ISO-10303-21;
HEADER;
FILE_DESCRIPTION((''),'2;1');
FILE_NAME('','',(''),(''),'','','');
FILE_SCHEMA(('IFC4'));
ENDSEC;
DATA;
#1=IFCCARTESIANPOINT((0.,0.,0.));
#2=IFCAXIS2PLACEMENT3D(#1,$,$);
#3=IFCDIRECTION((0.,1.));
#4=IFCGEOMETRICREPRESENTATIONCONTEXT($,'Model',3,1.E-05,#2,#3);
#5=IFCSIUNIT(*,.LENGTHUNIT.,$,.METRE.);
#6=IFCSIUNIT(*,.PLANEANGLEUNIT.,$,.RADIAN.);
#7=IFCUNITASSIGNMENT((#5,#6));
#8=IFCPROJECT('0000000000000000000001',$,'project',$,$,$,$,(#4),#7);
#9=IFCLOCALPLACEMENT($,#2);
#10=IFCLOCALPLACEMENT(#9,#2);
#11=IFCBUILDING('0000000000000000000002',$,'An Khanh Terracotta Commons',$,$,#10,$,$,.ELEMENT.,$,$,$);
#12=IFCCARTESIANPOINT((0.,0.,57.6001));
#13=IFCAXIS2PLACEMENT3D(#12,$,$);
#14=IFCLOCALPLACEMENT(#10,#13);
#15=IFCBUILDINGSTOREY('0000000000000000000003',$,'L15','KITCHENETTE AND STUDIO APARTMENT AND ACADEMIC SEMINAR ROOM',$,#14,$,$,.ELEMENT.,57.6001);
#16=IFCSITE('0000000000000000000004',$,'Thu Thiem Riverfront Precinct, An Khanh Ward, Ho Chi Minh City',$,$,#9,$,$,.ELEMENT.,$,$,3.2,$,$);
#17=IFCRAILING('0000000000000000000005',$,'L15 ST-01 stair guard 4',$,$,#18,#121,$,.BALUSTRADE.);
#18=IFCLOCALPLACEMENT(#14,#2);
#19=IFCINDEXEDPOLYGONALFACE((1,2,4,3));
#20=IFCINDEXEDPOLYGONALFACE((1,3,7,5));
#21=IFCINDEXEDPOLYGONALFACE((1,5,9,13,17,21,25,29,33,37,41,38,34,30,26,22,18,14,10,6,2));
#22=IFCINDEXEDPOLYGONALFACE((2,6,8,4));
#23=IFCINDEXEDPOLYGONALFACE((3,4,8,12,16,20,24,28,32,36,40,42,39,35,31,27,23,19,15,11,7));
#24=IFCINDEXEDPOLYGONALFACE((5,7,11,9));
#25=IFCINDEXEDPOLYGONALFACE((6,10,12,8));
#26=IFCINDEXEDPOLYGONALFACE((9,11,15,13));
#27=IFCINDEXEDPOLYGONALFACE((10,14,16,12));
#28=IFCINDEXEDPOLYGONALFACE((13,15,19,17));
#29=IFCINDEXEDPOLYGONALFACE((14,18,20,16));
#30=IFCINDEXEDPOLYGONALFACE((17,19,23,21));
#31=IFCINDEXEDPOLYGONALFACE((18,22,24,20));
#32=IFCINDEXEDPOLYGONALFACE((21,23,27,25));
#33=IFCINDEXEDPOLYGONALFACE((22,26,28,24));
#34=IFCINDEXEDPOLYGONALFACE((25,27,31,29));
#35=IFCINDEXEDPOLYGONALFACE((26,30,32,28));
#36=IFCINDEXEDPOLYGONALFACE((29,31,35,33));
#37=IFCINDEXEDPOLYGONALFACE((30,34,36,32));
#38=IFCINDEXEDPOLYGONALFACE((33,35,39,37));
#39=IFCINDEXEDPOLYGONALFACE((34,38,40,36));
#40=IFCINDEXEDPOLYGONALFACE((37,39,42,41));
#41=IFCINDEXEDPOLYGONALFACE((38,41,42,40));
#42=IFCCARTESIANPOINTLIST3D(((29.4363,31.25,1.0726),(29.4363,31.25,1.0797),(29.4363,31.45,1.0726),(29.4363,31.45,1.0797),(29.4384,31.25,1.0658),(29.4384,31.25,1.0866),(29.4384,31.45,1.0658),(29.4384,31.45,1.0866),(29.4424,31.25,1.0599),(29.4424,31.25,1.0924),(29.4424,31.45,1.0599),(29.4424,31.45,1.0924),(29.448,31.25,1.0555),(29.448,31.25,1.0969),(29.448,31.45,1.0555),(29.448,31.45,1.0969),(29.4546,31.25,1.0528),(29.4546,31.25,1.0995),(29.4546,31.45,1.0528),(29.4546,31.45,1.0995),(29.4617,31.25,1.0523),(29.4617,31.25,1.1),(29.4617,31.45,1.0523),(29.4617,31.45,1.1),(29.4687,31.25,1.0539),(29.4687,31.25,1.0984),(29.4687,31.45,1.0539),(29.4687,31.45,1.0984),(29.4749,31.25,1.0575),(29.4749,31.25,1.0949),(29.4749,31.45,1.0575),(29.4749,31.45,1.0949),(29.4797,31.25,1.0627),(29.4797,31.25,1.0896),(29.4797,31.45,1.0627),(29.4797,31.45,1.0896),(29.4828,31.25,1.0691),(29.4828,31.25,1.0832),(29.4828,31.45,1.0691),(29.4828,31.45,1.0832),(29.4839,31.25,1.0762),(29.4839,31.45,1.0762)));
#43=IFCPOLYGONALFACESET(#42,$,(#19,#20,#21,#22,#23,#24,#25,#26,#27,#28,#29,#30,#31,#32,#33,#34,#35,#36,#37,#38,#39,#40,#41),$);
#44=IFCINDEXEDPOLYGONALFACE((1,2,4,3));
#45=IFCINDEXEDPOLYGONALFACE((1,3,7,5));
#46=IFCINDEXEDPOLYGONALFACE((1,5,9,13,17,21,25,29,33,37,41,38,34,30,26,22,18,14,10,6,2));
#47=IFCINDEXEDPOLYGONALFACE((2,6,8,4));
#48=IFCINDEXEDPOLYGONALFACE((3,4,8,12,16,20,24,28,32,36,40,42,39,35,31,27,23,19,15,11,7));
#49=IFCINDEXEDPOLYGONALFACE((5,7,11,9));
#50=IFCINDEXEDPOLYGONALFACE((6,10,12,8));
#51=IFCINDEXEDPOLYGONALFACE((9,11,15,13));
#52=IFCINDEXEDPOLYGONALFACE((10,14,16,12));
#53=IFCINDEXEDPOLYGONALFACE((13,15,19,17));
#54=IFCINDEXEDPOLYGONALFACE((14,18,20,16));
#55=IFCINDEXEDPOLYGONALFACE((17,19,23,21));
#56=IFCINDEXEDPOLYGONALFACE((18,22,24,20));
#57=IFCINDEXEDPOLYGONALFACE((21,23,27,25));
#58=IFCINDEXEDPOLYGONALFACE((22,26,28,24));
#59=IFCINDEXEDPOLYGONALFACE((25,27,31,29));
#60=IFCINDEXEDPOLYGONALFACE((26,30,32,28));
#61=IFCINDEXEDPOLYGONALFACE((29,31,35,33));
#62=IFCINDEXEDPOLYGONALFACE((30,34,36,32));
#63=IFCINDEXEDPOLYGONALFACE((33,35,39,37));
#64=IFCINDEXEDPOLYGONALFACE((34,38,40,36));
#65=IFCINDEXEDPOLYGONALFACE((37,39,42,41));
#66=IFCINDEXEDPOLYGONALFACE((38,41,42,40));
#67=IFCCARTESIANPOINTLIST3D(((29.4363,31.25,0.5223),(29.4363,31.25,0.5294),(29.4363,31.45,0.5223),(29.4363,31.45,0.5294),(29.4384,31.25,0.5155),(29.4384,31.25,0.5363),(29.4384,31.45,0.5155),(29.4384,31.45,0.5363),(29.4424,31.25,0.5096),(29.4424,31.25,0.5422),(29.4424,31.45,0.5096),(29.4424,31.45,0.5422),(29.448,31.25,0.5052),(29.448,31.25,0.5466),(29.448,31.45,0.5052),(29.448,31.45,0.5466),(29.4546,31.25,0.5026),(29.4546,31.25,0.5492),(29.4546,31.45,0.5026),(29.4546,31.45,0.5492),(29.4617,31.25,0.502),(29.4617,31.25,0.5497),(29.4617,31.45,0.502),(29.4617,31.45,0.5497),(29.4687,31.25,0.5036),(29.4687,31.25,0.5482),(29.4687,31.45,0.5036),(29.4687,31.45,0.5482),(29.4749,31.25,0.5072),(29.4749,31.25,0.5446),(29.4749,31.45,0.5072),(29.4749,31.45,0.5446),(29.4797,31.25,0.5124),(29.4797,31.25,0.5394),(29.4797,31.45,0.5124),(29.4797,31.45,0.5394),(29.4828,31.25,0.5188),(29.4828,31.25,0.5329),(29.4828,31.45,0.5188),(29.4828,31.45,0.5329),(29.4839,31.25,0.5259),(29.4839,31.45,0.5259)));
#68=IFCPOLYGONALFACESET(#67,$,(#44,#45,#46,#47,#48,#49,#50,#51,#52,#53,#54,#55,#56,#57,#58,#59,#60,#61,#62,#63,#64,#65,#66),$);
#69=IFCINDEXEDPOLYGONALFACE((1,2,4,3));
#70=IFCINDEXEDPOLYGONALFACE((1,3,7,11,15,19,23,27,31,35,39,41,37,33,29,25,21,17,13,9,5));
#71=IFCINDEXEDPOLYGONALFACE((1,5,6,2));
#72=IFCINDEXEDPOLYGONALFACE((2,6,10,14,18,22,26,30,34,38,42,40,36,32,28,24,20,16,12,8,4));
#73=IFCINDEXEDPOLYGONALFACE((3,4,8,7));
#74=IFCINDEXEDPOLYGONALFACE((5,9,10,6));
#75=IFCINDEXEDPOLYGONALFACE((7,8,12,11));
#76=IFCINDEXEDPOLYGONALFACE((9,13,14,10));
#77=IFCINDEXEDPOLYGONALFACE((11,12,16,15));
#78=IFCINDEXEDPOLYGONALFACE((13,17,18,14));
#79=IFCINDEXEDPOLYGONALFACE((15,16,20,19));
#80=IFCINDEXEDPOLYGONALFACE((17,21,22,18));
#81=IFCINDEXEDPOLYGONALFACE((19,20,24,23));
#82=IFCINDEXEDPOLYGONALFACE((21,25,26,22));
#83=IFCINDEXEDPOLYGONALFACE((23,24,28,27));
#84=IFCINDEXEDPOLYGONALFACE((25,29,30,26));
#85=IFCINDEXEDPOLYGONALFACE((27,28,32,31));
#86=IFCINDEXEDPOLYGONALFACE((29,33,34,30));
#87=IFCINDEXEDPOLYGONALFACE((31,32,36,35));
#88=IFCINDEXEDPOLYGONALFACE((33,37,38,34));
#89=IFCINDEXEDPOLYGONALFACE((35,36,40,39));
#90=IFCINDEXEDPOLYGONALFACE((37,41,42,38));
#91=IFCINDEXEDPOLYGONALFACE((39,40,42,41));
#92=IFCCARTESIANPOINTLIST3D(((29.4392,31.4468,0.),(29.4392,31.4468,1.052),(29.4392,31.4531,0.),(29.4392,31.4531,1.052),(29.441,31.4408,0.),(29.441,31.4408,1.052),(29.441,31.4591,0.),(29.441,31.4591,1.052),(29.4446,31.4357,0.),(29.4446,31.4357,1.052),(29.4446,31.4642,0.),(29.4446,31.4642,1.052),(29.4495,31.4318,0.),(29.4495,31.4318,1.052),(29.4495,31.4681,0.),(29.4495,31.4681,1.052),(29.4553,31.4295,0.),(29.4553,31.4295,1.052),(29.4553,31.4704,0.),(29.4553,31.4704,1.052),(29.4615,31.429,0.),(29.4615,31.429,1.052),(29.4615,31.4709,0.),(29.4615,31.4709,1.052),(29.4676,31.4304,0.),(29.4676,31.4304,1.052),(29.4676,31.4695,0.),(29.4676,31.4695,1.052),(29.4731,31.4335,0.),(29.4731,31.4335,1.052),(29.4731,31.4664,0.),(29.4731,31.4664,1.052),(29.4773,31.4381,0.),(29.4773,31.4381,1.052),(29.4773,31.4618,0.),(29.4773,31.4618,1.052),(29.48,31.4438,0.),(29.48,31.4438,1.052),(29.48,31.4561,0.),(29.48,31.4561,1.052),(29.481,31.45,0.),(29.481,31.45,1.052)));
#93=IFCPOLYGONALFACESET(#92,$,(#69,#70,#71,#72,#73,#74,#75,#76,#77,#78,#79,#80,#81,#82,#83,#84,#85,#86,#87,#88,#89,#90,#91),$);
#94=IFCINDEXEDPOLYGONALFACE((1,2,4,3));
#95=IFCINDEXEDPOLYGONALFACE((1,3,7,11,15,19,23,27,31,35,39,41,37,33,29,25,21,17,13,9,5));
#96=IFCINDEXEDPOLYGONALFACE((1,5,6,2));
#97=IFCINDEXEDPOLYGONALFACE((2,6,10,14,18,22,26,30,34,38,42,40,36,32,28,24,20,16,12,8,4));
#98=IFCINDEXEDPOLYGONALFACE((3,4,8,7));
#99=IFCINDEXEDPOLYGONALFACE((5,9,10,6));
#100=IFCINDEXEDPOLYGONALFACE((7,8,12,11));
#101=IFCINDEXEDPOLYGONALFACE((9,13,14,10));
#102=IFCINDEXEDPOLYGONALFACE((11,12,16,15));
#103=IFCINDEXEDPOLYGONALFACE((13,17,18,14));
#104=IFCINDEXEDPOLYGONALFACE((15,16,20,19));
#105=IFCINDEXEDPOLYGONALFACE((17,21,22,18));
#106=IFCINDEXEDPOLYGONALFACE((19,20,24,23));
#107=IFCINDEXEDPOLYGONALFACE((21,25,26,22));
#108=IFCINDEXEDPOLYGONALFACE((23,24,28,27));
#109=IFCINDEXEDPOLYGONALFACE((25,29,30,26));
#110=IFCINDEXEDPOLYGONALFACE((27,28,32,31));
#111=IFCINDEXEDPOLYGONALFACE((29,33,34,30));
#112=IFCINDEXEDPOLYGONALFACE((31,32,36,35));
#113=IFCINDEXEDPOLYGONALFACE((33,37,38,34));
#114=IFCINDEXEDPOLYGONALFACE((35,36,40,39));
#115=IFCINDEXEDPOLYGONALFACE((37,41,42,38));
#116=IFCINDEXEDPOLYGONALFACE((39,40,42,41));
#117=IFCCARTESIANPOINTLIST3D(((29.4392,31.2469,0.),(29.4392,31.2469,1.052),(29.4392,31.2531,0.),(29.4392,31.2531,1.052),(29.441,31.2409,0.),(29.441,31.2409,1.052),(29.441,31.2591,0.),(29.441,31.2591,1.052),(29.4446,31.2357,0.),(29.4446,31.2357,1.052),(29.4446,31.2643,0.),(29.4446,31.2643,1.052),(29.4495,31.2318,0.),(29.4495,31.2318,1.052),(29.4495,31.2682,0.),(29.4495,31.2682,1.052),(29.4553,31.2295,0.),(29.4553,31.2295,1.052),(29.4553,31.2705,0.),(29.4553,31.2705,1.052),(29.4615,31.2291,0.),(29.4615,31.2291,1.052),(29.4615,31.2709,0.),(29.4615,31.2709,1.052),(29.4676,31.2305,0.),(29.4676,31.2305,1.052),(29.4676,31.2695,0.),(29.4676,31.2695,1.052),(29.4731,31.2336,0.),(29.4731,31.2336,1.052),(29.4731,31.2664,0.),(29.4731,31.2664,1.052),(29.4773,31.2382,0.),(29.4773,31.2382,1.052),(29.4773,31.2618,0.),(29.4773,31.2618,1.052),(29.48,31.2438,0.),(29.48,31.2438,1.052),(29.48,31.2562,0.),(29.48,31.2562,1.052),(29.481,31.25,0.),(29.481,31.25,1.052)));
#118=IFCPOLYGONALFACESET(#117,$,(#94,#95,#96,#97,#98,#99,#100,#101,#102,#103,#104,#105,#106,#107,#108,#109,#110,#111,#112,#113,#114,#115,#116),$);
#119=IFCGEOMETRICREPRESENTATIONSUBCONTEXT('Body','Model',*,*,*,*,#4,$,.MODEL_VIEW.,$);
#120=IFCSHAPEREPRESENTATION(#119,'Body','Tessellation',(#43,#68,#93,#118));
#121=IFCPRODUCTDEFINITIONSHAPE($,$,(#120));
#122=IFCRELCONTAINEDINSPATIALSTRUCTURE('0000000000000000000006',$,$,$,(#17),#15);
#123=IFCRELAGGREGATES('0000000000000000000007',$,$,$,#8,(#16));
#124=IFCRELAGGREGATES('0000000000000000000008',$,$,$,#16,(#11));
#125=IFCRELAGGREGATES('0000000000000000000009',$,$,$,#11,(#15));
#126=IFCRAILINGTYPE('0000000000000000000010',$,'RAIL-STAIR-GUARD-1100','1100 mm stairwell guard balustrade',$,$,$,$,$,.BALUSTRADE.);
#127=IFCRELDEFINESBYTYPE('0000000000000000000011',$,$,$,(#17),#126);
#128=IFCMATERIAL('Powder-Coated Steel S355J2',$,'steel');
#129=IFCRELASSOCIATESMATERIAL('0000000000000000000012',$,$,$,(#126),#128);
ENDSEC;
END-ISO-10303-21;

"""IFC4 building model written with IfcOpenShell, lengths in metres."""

from ifc_helpers import new_model, si_unit, direction, frame, origin, origin_2d, place, context, subcontext, project, spatial, circle, extrude, material, type_object, element, save


model = new_model("IFC4")

# Units and contexts
model_context = context("Model", 3, precision=1e-05, world=origin(), true_north=direction((0.0, 1.0)))
body_context = subcontext(model_context, "Body", "Model", "MODEL_VIEW")
ifc_project = project(units=[si_unit("LENGTHUNIT", "METRE"), si_unit("PLANEANGLEUNIT", "RADIAN")], contexts=[model_context])

# Site, building, storey
site_placement = place(None, origin())
site = spatial("IfcSite", under=ifc_project, at=site_placement, Name="Thu Thiem Riverfront Precinct, An Khanh Ward, Ho Chi Minh City", CompositionType="ELEMENT", RefElevation=3.2)
building_placement = place(site_placement, origin())
building = spatial("IfcBuilding", under=site, at=building_placement, Name="An Khanh Terracotta Commons", CompositionType="ELEMENT")
storey_placement = place(building_placement, frame((0.0, 0.0, 57.6001)))
storey = spatial("IfcBuildingStorey", under=building, at=storey_placement, Name="L15", Description="KITCHENETTE AND STUDIO APARTMENT AND ACADEMIC SEMINAR ROOM", CompositionType="ELEMENT", Elevation=57.6001)

# Railing
ifc_material_1 = material(Name="Powder-Coated Steel S355J2", Category="steel")
railing_type_1 = type_object("IfcRailingType", Name="RAIL-STAIR-GUARD-1100", Description="1100 mm stairwell guard balustrade", PredefinedType="BALUSTRADE", material=ifc_material_1)
railing_1_placement = place(storey_placement, frame((29.46, 31.45, 0.0)))
element("IfcRailing", 1, at=railing_1_placement, inside=storey, type_object=railing_type_1, Name="L15 ST-01 stair guard 4", PredefinedType="BALUSTRADE", context=body_context, shape_type="SweptSolid", body=[
    extrude(circle(Radius=0.0239, at=origin_2d()), frame((0.0, 0.0, 1.0762), z_axis=(0.0, -1.0, 0.0), x_axis=(1.0, 0.0, 0.0)), (0.0, 0.0, 1.0), 0.2),
    extrude(circle(Radius=0.0239, at=origin_2d()), frame((0.0, 0.0, 0.5259), z_axis=(0.0, -1.0, 0.0), x_axis=(1.0, 0.0, 0.0)), (0.0, 0.0, 1.0), 0.2),
    extrude(circle(Radius=0.021, at=origin_2d()), origin(), (0.0, 0.0, 1.0), 1.052),
    extrude(circle(Radius=0.021, at=origin_2d()), frame((0.0, -0.2, 0.0)), (0.0, 0.0, 1.0), 1.052),
])

save(model, "model.ifc")
